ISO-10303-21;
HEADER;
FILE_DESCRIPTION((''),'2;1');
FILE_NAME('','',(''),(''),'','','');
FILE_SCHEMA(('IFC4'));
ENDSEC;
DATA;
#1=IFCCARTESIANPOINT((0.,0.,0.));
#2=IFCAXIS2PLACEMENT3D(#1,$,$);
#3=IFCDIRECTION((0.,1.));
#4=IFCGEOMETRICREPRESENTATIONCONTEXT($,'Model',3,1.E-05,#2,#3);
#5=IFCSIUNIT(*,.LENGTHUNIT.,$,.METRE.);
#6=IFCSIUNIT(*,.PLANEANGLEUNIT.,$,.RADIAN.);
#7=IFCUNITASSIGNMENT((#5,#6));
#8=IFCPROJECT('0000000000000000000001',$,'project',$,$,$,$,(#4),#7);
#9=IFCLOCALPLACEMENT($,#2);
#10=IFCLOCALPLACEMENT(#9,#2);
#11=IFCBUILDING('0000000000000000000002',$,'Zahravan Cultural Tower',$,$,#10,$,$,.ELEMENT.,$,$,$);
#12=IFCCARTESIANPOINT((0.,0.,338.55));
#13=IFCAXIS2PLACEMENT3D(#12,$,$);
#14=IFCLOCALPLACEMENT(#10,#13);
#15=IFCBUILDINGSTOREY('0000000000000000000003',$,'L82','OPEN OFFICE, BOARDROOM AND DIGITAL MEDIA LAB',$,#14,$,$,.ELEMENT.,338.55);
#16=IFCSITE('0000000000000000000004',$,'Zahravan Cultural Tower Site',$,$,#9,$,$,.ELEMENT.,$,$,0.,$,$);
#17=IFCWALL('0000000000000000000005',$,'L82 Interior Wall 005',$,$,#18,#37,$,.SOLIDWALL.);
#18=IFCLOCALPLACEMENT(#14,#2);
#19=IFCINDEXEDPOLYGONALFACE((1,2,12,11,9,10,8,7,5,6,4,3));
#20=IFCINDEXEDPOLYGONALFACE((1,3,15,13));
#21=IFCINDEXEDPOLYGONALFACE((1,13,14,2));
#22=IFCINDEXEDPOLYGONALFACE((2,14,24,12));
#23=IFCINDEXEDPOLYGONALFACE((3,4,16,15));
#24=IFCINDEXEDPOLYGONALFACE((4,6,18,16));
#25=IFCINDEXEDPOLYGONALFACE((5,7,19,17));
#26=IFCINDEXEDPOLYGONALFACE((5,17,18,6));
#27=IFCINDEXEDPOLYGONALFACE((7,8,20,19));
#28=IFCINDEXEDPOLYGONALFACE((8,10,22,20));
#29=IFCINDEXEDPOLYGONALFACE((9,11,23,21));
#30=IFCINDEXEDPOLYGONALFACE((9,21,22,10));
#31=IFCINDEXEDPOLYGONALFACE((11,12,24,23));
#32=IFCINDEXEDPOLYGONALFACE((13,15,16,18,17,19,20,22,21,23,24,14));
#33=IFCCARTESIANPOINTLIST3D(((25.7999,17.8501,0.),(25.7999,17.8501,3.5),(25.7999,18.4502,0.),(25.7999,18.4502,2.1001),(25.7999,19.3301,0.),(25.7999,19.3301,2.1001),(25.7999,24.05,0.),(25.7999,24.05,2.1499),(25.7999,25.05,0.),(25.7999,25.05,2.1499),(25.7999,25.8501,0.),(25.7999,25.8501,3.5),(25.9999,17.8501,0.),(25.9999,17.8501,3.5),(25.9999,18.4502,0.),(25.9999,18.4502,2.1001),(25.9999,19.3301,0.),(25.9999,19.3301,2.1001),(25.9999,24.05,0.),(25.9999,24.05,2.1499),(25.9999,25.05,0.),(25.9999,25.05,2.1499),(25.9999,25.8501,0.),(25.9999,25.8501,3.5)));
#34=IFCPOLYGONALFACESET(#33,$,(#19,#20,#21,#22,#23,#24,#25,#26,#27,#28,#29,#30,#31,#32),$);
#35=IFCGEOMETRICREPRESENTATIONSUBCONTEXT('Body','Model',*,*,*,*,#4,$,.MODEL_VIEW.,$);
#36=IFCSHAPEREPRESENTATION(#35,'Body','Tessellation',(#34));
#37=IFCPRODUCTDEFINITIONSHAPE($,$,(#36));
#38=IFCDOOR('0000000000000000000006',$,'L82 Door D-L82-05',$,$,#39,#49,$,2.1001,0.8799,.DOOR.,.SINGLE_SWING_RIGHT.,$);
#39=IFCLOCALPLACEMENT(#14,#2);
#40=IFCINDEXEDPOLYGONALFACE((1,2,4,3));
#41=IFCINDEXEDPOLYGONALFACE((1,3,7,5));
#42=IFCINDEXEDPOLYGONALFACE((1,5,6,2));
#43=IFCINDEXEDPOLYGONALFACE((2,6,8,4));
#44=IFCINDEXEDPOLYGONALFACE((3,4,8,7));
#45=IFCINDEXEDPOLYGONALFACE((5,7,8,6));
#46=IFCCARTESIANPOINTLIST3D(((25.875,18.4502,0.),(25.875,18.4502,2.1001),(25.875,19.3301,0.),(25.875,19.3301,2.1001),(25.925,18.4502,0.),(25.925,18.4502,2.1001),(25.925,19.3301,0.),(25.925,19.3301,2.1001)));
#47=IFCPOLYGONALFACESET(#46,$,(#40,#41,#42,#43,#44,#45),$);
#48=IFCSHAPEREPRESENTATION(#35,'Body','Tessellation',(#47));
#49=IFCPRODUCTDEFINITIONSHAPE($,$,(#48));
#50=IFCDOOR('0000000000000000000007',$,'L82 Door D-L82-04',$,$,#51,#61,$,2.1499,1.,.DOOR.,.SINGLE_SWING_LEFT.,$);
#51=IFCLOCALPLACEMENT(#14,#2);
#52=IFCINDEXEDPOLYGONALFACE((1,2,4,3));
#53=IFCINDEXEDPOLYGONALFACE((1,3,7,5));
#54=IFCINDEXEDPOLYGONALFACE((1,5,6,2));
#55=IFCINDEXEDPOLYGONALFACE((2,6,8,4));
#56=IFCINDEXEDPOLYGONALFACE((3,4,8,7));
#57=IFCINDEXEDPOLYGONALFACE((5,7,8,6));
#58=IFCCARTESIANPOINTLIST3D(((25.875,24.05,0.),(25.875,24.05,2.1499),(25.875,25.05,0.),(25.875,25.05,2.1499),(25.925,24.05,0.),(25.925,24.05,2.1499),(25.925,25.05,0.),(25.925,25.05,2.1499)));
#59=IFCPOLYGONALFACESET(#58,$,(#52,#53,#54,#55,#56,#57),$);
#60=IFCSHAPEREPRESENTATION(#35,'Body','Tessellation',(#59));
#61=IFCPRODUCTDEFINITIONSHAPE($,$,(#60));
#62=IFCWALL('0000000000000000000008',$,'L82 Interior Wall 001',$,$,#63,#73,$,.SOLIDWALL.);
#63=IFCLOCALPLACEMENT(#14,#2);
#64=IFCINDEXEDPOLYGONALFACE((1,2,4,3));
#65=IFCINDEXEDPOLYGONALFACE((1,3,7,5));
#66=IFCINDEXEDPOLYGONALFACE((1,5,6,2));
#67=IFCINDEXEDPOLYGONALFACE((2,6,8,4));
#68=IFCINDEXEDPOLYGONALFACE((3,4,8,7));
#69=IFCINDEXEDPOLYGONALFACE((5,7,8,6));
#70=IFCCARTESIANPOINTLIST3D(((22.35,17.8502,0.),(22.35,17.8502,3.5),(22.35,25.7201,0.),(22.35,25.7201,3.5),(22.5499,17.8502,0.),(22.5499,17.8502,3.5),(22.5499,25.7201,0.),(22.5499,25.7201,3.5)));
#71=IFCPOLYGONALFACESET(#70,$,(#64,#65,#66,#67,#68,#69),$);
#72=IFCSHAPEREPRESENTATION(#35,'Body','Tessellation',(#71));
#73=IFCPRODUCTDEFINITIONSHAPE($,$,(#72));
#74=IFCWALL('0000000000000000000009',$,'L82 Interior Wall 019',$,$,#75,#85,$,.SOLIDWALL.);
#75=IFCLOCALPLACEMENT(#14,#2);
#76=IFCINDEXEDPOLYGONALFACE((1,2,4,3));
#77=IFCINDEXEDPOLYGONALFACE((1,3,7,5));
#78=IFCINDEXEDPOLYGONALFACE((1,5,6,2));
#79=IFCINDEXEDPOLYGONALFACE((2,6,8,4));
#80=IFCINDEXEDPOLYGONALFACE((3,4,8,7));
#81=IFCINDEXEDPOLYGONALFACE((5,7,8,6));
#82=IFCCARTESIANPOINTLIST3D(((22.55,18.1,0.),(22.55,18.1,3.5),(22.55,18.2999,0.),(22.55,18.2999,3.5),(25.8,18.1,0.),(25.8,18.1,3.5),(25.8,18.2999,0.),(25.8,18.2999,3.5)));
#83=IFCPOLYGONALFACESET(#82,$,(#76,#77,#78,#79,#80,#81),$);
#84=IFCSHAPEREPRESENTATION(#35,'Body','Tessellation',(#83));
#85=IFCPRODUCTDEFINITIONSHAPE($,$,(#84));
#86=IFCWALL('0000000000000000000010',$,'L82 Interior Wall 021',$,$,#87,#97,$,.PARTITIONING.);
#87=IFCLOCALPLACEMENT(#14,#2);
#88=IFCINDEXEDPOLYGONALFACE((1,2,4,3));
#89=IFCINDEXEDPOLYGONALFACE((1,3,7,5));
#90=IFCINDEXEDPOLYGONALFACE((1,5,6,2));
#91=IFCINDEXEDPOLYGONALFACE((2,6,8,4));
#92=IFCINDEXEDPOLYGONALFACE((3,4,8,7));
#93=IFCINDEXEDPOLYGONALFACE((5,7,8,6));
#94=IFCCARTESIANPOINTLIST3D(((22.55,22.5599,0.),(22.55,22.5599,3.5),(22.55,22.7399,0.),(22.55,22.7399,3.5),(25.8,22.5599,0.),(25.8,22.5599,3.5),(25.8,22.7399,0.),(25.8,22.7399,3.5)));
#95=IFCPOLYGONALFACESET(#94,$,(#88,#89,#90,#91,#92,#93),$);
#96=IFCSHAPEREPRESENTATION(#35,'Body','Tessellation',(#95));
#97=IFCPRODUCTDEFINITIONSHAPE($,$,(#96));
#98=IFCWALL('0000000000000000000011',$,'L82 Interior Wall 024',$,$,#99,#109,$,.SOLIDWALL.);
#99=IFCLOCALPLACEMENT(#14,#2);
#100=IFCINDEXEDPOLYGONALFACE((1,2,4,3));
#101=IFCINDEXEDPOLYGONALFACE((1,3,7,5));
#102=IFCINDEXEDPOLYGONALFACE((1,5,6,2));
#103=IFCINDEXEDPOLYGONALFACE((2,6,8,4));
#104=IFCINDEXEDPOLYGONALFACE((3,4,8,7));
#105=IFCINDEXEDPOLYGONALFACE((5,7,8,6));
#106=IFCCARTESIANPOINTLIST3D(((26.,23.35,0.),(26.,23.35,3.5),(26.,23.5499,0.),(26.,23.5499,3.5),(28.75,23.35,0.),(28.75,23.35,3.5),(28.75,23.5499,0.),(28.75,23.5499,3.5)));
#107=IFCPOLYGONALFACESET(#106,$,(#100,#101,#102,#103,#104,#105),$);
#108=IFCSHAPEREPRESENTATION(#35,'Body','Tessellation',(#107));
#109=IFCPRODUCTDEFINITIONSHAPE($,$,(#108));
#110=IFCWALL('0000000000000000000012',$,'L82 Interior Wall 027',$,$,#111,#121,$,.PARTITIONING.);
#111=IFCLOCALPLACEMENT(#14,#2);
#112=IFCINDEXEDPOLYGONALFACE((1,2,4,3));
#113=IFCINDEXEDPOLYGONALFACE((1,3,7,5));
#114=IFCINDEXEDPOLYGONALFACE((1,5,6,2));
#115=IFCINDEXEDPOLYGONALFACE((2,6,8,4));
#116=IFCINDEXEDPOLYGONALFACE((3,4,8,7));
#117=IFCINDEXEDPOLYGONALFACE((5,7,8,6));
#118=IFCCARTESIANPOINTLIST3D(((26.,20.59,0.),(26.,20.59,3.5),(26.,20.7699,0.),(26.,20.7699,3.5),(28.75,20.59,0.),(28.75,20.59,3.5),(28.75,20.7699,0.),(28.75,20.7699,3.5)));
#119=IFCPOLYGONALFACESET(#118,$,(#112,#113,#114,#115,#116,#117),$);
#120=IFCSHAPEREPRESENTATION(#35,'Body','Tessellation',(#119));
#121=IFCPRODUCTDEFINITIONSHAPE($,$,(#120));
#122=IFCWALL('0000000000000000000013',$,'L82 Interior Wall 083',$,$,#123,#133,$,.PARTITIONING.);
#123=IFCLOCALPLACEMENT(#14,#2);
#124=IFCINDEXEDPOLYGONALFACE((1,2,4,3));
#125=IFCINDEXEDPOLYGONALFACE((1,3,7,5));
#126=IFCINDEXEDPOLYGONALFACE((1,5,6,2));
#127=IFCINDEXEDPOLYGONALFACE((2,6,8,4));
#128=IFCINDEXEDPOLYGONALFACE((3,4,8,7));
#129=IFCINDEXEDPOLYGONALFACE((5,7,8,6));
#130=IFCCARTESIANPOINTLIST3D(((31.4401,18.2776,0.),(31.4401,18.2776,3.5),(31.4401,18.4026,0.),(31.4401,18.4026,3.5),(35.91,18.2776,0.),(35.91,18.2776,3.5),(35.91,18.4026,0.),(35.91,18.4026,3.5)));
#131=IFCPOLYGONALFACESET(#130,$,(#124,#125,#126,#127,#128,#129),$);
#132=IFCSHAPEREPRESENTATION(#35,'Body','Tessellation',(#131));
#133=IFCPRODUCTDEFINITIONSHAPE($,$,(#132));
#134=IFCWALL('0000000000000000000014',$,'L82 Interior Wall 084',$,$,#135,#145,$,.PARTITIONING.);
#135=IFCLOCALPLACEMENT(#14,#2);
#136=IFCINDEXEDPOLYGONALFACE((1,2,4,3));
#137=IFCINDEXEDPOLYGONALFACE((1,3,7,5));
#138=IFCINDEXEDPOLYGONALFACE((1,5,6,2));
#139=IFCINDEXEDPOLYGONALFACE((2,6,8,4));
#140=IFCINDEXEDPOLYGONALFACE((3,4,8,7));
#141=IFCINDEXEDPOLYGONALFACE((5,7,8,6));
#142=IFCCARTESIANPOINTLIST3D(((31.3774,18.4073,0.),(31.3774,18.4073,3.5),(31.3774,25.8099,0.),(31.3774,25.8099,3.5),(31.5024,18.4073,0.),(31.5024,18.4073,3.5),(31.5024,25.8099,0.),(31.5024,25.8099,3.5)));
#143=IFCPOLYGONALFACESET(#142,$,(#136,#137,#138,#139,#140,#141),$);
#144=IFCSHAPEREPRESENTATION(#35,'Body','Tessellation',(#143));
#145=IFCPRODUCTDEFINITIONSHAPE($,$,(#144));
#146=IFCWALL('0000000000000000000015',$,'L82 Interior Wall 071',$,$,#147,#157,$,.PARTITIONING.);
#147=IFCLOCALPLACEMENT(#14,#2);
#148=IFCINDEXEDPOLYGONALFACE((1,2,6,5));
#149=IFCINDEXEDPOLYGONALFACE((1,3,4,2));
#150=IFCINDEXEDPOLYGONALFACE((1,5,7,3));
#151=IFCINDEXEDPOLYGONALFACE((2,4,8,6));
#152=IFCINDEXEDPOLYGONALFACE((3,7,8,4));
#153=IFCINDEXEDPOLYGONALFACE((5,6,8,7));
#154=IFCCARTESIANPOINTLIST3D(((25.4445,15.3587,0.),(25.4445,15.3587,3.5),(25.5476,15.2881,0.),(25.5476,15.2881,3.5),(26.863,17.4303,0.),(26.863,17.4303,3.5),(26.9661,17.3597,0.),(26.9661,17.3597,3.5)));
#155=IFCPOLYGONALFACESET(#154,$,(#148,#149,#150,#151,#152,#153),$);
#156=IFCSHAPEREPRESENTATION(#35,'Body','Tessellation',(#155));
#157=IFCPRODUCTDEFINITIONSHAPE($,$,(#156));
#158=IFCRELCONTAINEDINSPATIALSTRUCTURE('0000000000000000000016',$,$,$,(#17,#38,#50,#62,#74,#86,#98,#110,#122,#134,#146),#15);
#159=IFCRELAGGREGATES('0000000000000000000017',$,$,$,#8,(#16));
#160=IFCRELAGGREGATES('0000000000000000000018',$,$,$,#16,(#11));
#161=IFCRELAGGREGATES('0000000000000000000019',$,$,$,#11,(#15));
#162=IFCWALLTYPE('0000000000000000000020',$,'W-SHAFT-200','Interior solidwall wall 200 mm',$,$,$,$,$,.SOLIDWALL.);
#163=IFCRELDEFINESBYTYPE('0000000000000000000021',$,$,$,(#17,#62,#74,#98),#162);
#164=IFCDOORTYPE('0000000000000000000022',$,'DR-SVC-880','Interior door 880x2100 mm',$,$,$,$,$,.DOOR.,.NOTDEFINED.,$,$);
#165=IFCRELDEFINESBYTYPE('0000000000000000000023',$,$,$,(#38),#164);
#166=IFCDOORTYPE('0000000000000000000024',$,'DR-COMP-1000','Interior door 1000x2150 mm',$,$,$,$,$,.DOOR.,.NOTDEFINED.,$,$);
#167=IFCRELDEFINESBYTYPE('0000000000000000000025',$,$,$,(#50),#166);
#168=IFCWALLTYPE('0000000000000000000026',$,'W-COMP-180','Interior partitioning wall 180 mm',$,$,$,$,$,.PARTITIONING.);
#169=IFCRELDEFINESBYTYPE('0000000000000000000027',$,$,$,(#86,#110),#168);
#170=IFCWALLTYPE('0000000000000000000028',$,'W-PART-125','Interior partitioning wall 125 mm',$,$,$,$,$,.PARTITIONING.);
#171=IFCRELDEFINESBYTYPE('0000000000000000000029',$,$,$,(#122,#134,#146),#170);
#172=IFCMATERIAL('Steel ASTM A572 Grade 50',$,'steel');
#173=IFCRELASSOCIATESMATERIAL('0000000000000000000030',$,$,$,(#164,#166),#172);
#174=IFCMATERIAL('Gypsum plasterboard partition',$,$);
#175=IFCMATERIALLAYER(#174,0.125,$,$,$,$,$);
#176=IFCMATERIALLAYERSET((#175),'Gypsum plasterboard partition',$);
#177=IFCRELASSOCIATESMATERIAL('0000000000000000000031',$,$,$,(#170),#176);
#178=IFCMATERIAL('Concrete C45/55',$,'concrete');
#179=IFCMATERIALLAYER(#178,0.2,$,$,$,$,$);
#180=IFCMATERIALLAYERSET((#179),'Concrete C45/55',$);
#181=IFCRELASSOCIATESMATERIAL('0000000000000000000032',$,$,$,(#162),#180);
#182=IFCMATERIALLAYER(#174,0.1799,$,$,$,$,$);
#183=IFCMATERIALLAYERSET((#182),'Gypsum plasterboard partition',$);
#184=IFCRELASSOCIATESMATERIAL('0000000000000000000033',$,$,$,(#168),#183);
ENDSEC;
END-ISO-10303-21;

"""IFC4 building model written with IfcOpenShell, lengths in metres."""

from ifc_helpers import new_model, si_unit, direction, frame, frame_2d, origin, place, context, subcontext, project, spatial, rectangle, extrude, source, transform, mapped, material, layer, layer_set, type_object, element, fill, save


model = new_model("IFC4")

# Units and contexts
model_context = context("Model", 3, precision=1e-05, world=origin(), true_north=direction((0.0, 1.0)))
body_context = subcontext(model_context, "Body", "Model", "MODEL_VIEW")
ifc_project = project(units=[si_unit("LENGTHUNIT", "METRE"), si_unit("PLANEANGLEUNIT", "RADIAN")], contexts=[model_context])

# Site, building, storey
site_placement = place(None, origin())
site = spatial("IfcSite", under=ifc_project, at=site_placement, Name="Zahravan Cultural Tower Site", CompositionType="ELEMENT", RefElevation=0.0)
building_placement = place(site_placement, origin())
building = spatial("IfcBuilding", under=site, at=building_placement, Name="Zahravan Cultural Tower", CompositionType="ELEMENT")
storey_placement = place(building_placement, frame((0.0, 0.0, 338.55)))
storey = spatial("IfcBuildingStorey", under=building, at=storey_placement, Name="L82", Description="OPEN OFFICE, BOARDROOM AND DIGITAL MEDIA LAB", CompositionType="ELEMENT", Elevation=338.55)

# Shared definitions
ifc_material_1 = material(Name="Steel ASTM A572 Grade 50", Category="steel")
door_type_1 = type_object("IfcDoorType", Name="DR-SVC-880", Description="Interior door 880x2100 mm", OperationType="NOTDEFINED", PredefinedType="DOOR", material=ifc_material_1)
shared_shape_1 = source(origin(), body_context, "Body", "SweptSolid", [
    extrude(rectangle(XDim=0.8799, YDim=2.1001, at=frame_2d((0.4399, 1.05))), frame((0.0, 0.0249, 0.0), z_axis=(0.0, -1.0, 0.0), x_axis=(1.0, 0.0, 0.0)), (0.0, 0.0, 1.0), 0.05),
])

# Shared definitions
ifc_material_2 = material(Name="Gypsum plasterboard partition")
ifc_layer_1 = layer(ifc_material_2, 0.125)
ifc_layer_set_1 = layer_set([ifc_layer_1], Name="Gypsum plasterboard partition")
wall_type_1 = type_object("IfcWallType", Name="W-PART-125", Description="Interior partitioning wall 125 mm", PredefinedType="PARTITIONING", material=ifc_layer_set_1)

# Wall, openings, doors
ifc_material_3 = material(Name="Concrete C45/55", Category="concrete")
ifc_layer_2 = layer(ifc_material_3, 0.2)
ifc_layer_set_2 = layer_set([ifc_layer_2], Name="Concrete C45/55")
wall_type_2 = type_object("IfcWallType", Name="W-SHAFT-200", Description="Interior solidwall wall 200 mm", PredefinedType="SOLIDWALL", material=ifc_layer_set_2)
wall_1_placement = place(storey_placement, frame((25.8999, 17.8501, 0.0), z_axis=(0.0, 0.0, 1.0), x_axis=(0.0, 1.0, 0.0)))
wall_1 = element("IfcWall", 1, at=wall_1_placement, inside=storey, type_object=wall_type_2, Name="L82 Interior Wall 005", PredefinedType="SOLIDWALL", context=body_context, shape_type="SweptSolid", body=[
    extrude(rectangle(XDim=8.0, YDim=0.2, at=frame_2d((4.0, 0.0))), origin(), (0.0, 0.0, 1.0), 3.5),
])
opening_1_placement = place(wall_1_placement, frame((6.2, 0.0, 0.0)))
opening_1 = element("IfcOpeningElement", 2, at=opening_1_placement, cuts=wall_1, PredefinedType="OPENING", context=body_context, shape_type="SweptSolid", body=[
    extrude(rectangle(XDim=1.0, YDim=2.1499, at=frame_2d((0.5, 1.075))), frame((0.0, 0.1099, 0.0), z_axis=(0.0, -1.0, 0.0), x_axis=(1.0, 0.0, 0.0)), (0.0, 0.0, 1.0), 0.22),
])
opening_2_placement = place(wall_1_placement, frame((0.6001, 0.0, 0.0)))
opening_2 = element("IfcOpeningElement", 3, at=opening_2_placement, cuts=wall_1, PredefinedType="OPENING", context=body_context, shape_type="SweptSolid", body=[
    extrude(rectangle(XDim=0.8799, YDim=2.1001, at=frame_2d((0.4399, 1.05))), frame((0.0, 0.1099, 0.0), z_axis=(0.0, -1.0, 0.0), x_axis=(1.0, 0.0, 0.0)), (0.0, 0.0, 1.0), 0.22),
])
door_1_placement = place(opening_2_placement, origin())
door_1 = element("IfcDoor", 4, at=door_1_placement, inside=storey, type_object=door_type_1, Name="L82 Door D-L82-05", OperationType="SINGLE_SWING_RIGHT", OverallHeight=2.1001, OverallWidth=0.8799, PredefinedType="DOOR", context=body_context, shape_type="MappedRepresentation", body=[
    mapped(shared_shape_1, transform((0.0, 0.0, 0.0), x_axis=(1.0, 0.0, 0.0), y_axis=(0.0, 1.0, 0.0), z_axis=(0.0, 0.0, 1.0), scale=1.0)),
])
fill(opening_2, door_1)
door_type_2 = type_object("IfcDoorType", Name="DR-COMP-1000", Description="Interior door 1000x2150 mm", OperationType="NOTDEFINED", PredefinedType="DOOR", material=ifc_material_1)
shared_shape_2 = source(origin(), body_context, "Body", "SweptSolid", [
    extrude(rectangle(XDim=1.0, YDim=2.1499, at=frame_2d((0.5, 1.075))), frame((0.0, 0.0249, 0.0), z_axis=(0.0, -1.0, 0.0), x_axis=(1.0, 0.0, 0.0)), (0.0, 0.0, 1.0), 0.05),
])
door_2_placement = place(opening_1_placement, origin())
door_2 = element("IfcDoor", 5, at=door_2_placement, inside=storey, type_object=door_type_2, Name="L82 Door D-L82-04", OperationType="SINGLE_SWING_LEFT", OverallHeight=2.1499, OverallWidth=1.0, PredefinedType="DOOR", context=body_context, shape_type="MappedRepresentation", body=[
    mapped(shared_shape_2, transform((0.0, 0.0, 0.0), x_axis=(1.0, 0.0, 0.0), y_axis=(0.0, 1.0, 0.0), z_axis=(0.0, 0.0, 1.0), scale=1.0)),
])
fill(opening_1, door_2)

# Walls
shared_shape_3 = source(origin(), body_context, "Body", "SweptSolid", [
    extrude(rectangle(XDim=7.8699, YDim=0.2, at=frame_2d((3.9351, 0.0))), origin(), (0.0, 0.0, 1.0), 3.5),
])
wall_2_placement = place(storey_placement, frame((22.45, 17.8501, 0.0), z_axis=(0.0, 0.0, 1.0), x_axis=(0.0, 1.0, 0.0)))
element("IfcWall", 6, at=wall_2_placement, inside=storey, type_object=wall_type_2, Name="L82 Interior Wall 001", PredefinedType="SOLIDWALL", context=body_context, shape_type="MappedRepresentation", body=[
    mapped(shared_shape_3, transform((0.0, 0.0, 0.0), x_axis=(1.0, 0.0, 0.0), y_axis=(0.0, 1.0, 0.0), z_axis=(0.0, 0.0, 1.0), scale=1.0)),
])
shared_shape_4 = source(origin(), body_context, "Body", "SweptSolid", [
    extrude(rectangle(XDim=3.25, YDim=0.2, at=frame_2d((1.625, 0.0))), origin(), (0.0, 0.0, 1.0), 3.5),
])
wall_3_placement = place(storey_placement, frame((22.55, 18.2, 0.0), z_axis=(0.0, 0.0, 1.0), x_axis=(1.0, 0.0, 0.0)))
element("IfcWall", 7, at=wall_3_placement, inside=storey, type_object=wall_type_2, Name="L82 Interior Wall 019", PredefinedType="SOLIDWALL", context=body_context, shape_type="MappedRepresentation", body=[
    mapped(shared_shape_4, transform((0.0, 0.0, 0.0), x_axis=(1.0, 0.0, 0.0), y_axis=(0.0, 1.0, 0.0), z_axis=(0.0, 0.0, 1.0), scale=1.0)),
])
ifc_layer_3 = layer(ifc_material_2, 0.1799)
ifc_layer_set_3 = layer_set([ifc_layer_3], Name="Gypsum plasterboard partition")
wall_type_3 = type_object("IfcWallType", Name="W-COMP-180", Description="Interior partitioning wall 180 mm", PredefinedType="PARTITIONING", material=ifc_layer_set_3)
shared_shape_5 = source(origin(), body_context, "Body", "SweptSolid", [
    extrude(rectangle(XDim=3.25, YDim=0.1799, at=frame_2d((1.625, 0.0))), origin(), (0.0, 0.0, 1.0), 3.5),
])
wall_4_placement = place(storey_placement, frame((22.55, 22.6499, 0.0), z_axis=(0.0, 0.0, 1.0), x_axis=(1.0, 0.0, 0.0)))
element("IfcWall", 8, at=wall_4_placement, inside=storey, type_object=wall_type_3, Name="L82 Interior Wall 021", PredefinedType="PARTITIONING", context=body_context, shape_type="MappedRepresentation", body=[
    mapped(shared_shape_5, transform((0.0, 0.0, 0.0), x_axis=(1.0, 0.0, 0.0), y_axis=(0.0, 1.0, 0.0), z_axis=(0.0, 0.0, 1.0), scale=1.0)),
])
shared_shape_6 = source(origin(), body_context, "Body", "SweptSolid", [
    extrude(rectangle(XDim=2.75, YDim=0.2, at=frame_2d((1.375, 0.0))), origin(), (0.0, 0.0, 1.0), 3.5),
])
wall_5_placement = place(storey_placement, frame((26.0, 23.45, 0.0), z_axis=(0.0, 0.0, 1.0), x_axis=(1.0, 0.0, 0.0)))
element("IfcWall", 9, at=wall_5_placement, inside=storey, type_object=wall_type_2, Name="L82 Interior Wall 024", PredefinedType="SOLIDWALL", context=body_context, shape_type="MappedRepresentation", body=[
    mapped(shared_shape_6, transform((0.0, 0.0, 0.0), x_axis=(1.0, 0.0, 0.0), y_axis=(0.0, 1.0, 0.0), z_axis=(0.0, 0.0, 1.0), scale=1.0)),
])
shared_shape_7 = source(origin(), body_context, "Body", "SweptSolid", [
    extrude(rectangle(XDim=2.75, YDim=0.1799, at=frame_2d((1.375, 0.0))), origin(), (0.0, 0.0, 1.0), 3.5),
])
wall_6_placement = place(storey_placement, frame((26.0, 20.6799, 0.0), z_axis=(0.0, 0.0, 1.0), x_axis=(1.0, 0.0, 0.0)))
element("IfcWall", 10, at=wall_6_placement, inside=storey, type_object=wall_type_3, Name="L82 Interior Wall 027", PredefinedType="PARTITIONING", context=body_context, shape_type="MappedRepresentation", body=[
    mapped(shared_shape_7, transform((0.0, 0.0, 0.0), x_axis=(1.0, 0.0, 0.0), y_axis=(0.0, 1.0, 0.0), z_axis=(0.0, 0.0, 1.0), scale=1.0)),
])
shared_shape_8 = source(origin(), body_context, "Body", "SweptSolid", [
    extrude(rectangle(XDim=4.47, YDim=0.125, at=frame_2d((2.2349, 0.0))), origin(), (0.0, 0.0, 1.0), 3.5),
])
wall_7_placement = place(storey_placement, frame((35.9099, 18.3401, 0.0), z_axis=(0.0, 0.0, 1.0), x_axis=(-1.0, 0.0, 0.0)))
element("IfcWall", 11, at=wall_7_placement, inside=storey, type_object=wall_type_1, Name="L82 Interior Wall 083", PredefinedType="PARTITIONING", context=body_context, shape_type="MappedRepresentation", body=[
    mapped(shared_shape_8, transform((0.0, 0.0, 0.0), x_axis=(1.0, 0.0, 0.0), y_axis=(0.0, 1.0, 0.0), z_axis=(0.0, 0.0, 1.0), scale=1.0)),
])
shared_shape_9 = source(origin(), body_context, "Body", "SweptSolid", [
    extrude(rectangle(XDim=7.4026, YDim=0.125, at=frame_2d((3.7012, 0.0))), origin(), (0.0, 0.0, 1.0), 3.5),
])
wall_8_placement = place(storey_placement, frame((31.4399, 18.4075, 0.0), z_axis=(0.0, 0.0, 1.0), x_axis=(0.0, 1.0, 0.0)))
element("IfcWall", 12, at=wall_8_placement, inside=storey, type_object=wall_type_1, Name="L82 Interior Wall 084", PredefinedType="PARTITIONING", context=body_context, shape_type="MappedRepresentation", body=[
    mapped(shared_shape_9, transform((0.0, 0.0, 0.0), x_axis=(1.0, 0.0, 0.0), y_axis=(0.0, 1.0, 0.0), z_axis=(0.0, 0.0, 1.0), scale=1.0)),
])
shared_shape_10 = source(origin(), body_context, "Body", "SweptSolid", [
    extrude(rectangle(XDim=2.5107, YDim=0.125, at=frame_2d((1.2554, 0.0))), origin(), (0.0, 0.0, 1.0), 3.5),
])
wall_9_placement = place(storey_placement, frame((26.9146, 17.395, 0.0), z_axis=(0.0, 0.0, 1.0), x_axis=(-0.56498, -0.825104, 0.0)))
element("IfcWall", 13, at=wall_9_placement, inside=storey, type_object=wall_type_1, Name="L82 Interior Wall 071", PredefinedType="PARTITIONING", context=body_context, shape_type="MappedRepresentation", body=[
    mapped(shared_shape_10, transform((0.0, 0.0, 0.0), x_axis=(1.0, 0.0, 0.0), y_axis=(0.0, 1.0, 0.0), z_axis=(0.0, 0.0, 1.0), scale=1.0)),
])

save(model, "model.ifc")
